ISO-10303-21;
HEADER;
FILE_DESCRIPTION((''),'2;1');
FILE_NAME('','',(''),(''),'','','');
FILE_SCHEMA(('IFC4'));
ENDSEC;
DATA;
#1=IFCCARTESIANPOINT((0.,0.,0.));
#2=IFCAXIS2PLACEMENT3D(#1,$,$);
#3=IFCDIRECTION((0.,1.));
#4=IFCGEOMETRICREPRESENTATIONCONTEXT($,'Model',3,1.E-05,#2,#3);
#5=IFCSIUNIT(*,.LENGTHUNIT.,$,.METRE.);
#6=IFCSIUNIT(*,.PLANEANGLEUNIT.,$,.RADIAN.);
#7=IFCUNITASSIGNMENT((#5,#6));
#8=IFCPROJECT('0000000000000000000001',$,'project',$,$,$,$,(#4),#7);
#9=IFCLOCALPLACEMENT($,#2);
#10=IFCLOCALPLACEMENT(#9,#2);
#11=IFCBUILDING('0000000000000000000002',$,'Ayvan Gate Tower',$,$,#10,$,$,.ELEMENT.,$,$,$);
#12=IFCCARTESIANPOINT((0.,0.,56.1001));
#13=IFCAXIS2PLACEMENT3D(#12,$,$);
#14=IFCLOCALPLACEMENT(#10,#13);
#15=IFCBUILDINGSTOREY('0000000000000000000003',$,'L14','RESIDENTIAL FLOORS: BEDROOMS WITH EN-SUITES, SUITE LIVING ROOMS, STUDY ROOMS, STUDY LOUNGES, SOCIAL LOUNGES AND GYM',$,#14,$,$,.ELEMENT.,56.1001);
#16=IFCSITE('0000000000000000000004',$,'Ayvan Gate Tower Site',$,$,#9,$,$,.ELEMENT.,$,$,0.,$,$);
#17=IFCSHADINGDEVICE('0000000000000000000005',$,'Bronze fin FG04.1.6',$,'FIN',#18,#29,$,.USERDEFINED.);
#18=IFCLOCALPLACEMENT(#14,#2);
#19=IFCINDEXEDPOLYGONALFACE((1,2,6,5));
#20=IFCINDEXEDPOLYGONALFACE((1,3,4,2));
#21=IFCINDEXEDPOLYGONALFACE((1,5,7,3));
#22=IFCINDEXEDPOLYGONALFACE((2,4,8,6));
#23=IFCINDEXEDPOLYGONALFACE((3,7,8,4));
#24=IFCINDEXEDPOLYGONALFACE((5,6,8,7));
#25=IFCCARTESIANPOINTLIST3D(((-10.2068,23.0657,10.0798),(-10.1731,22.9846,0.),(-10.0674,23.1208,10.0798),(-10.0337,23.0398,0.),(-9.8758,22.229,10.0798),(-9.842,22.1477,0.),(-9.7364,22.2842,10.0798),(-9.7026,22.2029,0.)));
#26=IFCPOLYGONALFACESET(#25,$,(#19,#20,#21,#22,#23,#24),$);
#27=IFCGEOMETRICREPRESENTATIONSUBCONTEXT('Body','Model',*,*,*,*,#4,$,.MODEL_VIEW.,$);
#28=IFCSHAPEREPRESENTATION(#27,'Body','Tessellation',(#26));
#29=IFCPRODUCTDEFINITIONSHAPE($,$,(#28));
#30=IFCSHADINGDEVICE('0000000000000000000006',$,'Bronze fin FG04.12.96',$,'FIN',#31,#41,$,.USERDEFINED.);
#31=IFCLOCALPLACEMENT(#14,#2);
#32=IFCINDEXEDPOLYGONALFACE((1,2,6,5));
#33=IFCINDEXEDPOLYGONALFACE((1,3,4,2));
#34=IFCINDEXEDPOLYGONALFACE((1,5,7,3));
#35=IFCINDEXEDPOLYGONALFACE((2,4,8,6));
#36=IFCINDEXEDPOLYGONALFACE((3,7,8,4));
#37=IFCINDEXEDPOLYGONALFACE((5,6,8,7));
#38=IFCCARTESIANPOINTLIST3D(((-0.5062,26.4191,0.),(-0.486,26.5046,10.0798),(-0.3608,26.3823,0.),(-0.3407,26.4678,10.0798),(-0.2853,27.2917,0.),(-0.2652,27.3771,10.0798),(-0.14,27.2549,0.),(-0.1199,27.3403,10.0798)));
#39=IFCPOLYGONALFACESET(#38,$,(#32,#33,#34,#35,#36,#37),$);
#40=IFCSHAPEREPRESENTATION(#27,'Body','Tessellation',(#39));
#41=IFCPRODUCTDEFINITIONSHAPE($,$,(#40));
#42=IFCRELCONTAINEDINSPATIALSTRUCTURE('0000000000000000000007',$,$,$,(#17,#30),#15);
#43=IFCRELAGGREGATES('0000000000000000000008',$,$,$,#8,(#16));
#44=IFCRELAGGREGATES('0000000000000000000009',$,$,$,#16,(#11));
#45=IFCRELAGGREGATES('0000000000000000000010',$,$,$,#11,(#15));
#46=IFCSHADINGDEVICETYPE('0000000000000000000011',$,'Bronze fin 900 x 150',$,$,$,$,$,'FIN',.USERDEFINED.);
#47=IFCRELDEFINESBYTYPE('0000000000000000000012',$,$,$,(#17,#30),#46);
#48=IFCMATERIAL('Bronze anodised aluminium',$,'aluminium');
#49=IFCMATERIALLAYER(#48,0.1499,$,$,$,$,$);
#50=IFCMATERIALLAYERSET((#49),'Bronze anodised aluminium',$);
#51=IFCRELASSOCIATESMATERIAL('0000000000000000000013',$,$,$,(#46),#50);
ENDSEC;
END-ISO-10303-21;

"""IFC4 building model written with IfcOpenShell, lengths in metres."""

from ifc_helpers import new_model, si_unit, direction, frame, origin, place, context, subcontext, project, spatial, polyline, outline, extrude, material, layer, layer_set, type_object, element, save


model = new_model("IFC4")

# Units and contexts
model_context = context("Model", 3, precision=1e-05, world=origin(), true_north=direction((0.0, 1.0)))
body_context = subcontext(model_context, "Body", "Model", "MODEL_VIEW")
ifc_project = project(units=[si_unit("LENGTHUNIT", "METRE"), si_unit("PLANEANGLEUNIT", "RADIAN")], contexts=[model_context])

# Site, building, storey
site_placement = place(None, origin())
site = spatial("IfcSite", under=ifc_project, at=site_placement, Name="Ayvan Gate Tower Site", CompositionType="ELEMENT", RefElevation=0.0)
building_placement = place(site_placement, origin())
building = spatial("IfcBuilding", under=site, at=building_placement, Name="Ayvan Gate Tower", CompositionType="ELEMENT")
storey_placement = place(building_placement, frame((0.0, 0.0, 56.1001)))
storey = spatial("IfcBuildingStorey", under=building, at=storey_placement, Name="L14", Description="RESIDENTIAL FLOORS: BEDROOMS WITH EN-SUITES, SUITE LIVING ROOMS, STUDY ROOMS, STUDY LOUNGES, SOCIAL LOUNGES AND GYM", CompositionType="ELEMENT", Elevation=56.1001)

# Shared definitions
ifc_material_1 = material(Name="Bronze anodised aluminium", Category="aluminium")

# Shading devices
ifc_layer_1 = layer(ifc_material_1, 0.1499)
ifc_layer_set_1 = layer_set([ifc_layer_1], Name="Bronze anodised aluminium")
shading_device_type = type_object("IfcShadingDeviceType", Name="Bronze fin 900 x 150", ElementType="FIN", PredefinedType="USERDEFINED", material=ifc_layer_set_1)
shading_device_1_placement = place(storey_placement, frame((-9.7026, 22.2029, 0.0), z_axis=(0.929873, 0.36788, 0.000145), x_axis=(-0.36788, 0.929873, 0.0)))
element("IfcShadingDevice", 1, at=shading_device_1_placement, inside=storey, type_object=shading_device_type, Name="Bronze fin FG04.1.6", ObjectType="FIN", PredefinedType="USERDEFINED", context=body_context, shape_type="SweptSolid", body=[
    extrude(outline(polyline([(0.0, 0.0), (0.9, 0.0), (0.9878, 10.0798), (0.088, 10.0798), (0.0, 0.0)])), origin(), (0.0, 0.0, -1.0), 0.1499),
])
shading_device_2_placement = place(storey_placement, frame((-0.3608, 26.3823, 0.0), z_axis=(0.969436, -0.245343, 0.000143), x_axis=(0.245343, 0.969436, 0.0)))
element("IfcShadingDevice", 2, at=shading_device_2_placement, inside=storey, type_object=shading_device_type, Name="Bronze fin FG04.12.96", ObjectType="FIN", PredefinedType="USERDEFINED", context=body_context, shape_type="SweptSolid", body=[
    extrude(outline(polyline([(0.0, 0.0), (0.9001, 0.0), (0.9878, 10.0798), (0.0878, 10.0798), (0.0, 0.0)])), origin(), (0.0, 0.0, -1.0), 0.1499),
])

save(model, "model.ifc")
